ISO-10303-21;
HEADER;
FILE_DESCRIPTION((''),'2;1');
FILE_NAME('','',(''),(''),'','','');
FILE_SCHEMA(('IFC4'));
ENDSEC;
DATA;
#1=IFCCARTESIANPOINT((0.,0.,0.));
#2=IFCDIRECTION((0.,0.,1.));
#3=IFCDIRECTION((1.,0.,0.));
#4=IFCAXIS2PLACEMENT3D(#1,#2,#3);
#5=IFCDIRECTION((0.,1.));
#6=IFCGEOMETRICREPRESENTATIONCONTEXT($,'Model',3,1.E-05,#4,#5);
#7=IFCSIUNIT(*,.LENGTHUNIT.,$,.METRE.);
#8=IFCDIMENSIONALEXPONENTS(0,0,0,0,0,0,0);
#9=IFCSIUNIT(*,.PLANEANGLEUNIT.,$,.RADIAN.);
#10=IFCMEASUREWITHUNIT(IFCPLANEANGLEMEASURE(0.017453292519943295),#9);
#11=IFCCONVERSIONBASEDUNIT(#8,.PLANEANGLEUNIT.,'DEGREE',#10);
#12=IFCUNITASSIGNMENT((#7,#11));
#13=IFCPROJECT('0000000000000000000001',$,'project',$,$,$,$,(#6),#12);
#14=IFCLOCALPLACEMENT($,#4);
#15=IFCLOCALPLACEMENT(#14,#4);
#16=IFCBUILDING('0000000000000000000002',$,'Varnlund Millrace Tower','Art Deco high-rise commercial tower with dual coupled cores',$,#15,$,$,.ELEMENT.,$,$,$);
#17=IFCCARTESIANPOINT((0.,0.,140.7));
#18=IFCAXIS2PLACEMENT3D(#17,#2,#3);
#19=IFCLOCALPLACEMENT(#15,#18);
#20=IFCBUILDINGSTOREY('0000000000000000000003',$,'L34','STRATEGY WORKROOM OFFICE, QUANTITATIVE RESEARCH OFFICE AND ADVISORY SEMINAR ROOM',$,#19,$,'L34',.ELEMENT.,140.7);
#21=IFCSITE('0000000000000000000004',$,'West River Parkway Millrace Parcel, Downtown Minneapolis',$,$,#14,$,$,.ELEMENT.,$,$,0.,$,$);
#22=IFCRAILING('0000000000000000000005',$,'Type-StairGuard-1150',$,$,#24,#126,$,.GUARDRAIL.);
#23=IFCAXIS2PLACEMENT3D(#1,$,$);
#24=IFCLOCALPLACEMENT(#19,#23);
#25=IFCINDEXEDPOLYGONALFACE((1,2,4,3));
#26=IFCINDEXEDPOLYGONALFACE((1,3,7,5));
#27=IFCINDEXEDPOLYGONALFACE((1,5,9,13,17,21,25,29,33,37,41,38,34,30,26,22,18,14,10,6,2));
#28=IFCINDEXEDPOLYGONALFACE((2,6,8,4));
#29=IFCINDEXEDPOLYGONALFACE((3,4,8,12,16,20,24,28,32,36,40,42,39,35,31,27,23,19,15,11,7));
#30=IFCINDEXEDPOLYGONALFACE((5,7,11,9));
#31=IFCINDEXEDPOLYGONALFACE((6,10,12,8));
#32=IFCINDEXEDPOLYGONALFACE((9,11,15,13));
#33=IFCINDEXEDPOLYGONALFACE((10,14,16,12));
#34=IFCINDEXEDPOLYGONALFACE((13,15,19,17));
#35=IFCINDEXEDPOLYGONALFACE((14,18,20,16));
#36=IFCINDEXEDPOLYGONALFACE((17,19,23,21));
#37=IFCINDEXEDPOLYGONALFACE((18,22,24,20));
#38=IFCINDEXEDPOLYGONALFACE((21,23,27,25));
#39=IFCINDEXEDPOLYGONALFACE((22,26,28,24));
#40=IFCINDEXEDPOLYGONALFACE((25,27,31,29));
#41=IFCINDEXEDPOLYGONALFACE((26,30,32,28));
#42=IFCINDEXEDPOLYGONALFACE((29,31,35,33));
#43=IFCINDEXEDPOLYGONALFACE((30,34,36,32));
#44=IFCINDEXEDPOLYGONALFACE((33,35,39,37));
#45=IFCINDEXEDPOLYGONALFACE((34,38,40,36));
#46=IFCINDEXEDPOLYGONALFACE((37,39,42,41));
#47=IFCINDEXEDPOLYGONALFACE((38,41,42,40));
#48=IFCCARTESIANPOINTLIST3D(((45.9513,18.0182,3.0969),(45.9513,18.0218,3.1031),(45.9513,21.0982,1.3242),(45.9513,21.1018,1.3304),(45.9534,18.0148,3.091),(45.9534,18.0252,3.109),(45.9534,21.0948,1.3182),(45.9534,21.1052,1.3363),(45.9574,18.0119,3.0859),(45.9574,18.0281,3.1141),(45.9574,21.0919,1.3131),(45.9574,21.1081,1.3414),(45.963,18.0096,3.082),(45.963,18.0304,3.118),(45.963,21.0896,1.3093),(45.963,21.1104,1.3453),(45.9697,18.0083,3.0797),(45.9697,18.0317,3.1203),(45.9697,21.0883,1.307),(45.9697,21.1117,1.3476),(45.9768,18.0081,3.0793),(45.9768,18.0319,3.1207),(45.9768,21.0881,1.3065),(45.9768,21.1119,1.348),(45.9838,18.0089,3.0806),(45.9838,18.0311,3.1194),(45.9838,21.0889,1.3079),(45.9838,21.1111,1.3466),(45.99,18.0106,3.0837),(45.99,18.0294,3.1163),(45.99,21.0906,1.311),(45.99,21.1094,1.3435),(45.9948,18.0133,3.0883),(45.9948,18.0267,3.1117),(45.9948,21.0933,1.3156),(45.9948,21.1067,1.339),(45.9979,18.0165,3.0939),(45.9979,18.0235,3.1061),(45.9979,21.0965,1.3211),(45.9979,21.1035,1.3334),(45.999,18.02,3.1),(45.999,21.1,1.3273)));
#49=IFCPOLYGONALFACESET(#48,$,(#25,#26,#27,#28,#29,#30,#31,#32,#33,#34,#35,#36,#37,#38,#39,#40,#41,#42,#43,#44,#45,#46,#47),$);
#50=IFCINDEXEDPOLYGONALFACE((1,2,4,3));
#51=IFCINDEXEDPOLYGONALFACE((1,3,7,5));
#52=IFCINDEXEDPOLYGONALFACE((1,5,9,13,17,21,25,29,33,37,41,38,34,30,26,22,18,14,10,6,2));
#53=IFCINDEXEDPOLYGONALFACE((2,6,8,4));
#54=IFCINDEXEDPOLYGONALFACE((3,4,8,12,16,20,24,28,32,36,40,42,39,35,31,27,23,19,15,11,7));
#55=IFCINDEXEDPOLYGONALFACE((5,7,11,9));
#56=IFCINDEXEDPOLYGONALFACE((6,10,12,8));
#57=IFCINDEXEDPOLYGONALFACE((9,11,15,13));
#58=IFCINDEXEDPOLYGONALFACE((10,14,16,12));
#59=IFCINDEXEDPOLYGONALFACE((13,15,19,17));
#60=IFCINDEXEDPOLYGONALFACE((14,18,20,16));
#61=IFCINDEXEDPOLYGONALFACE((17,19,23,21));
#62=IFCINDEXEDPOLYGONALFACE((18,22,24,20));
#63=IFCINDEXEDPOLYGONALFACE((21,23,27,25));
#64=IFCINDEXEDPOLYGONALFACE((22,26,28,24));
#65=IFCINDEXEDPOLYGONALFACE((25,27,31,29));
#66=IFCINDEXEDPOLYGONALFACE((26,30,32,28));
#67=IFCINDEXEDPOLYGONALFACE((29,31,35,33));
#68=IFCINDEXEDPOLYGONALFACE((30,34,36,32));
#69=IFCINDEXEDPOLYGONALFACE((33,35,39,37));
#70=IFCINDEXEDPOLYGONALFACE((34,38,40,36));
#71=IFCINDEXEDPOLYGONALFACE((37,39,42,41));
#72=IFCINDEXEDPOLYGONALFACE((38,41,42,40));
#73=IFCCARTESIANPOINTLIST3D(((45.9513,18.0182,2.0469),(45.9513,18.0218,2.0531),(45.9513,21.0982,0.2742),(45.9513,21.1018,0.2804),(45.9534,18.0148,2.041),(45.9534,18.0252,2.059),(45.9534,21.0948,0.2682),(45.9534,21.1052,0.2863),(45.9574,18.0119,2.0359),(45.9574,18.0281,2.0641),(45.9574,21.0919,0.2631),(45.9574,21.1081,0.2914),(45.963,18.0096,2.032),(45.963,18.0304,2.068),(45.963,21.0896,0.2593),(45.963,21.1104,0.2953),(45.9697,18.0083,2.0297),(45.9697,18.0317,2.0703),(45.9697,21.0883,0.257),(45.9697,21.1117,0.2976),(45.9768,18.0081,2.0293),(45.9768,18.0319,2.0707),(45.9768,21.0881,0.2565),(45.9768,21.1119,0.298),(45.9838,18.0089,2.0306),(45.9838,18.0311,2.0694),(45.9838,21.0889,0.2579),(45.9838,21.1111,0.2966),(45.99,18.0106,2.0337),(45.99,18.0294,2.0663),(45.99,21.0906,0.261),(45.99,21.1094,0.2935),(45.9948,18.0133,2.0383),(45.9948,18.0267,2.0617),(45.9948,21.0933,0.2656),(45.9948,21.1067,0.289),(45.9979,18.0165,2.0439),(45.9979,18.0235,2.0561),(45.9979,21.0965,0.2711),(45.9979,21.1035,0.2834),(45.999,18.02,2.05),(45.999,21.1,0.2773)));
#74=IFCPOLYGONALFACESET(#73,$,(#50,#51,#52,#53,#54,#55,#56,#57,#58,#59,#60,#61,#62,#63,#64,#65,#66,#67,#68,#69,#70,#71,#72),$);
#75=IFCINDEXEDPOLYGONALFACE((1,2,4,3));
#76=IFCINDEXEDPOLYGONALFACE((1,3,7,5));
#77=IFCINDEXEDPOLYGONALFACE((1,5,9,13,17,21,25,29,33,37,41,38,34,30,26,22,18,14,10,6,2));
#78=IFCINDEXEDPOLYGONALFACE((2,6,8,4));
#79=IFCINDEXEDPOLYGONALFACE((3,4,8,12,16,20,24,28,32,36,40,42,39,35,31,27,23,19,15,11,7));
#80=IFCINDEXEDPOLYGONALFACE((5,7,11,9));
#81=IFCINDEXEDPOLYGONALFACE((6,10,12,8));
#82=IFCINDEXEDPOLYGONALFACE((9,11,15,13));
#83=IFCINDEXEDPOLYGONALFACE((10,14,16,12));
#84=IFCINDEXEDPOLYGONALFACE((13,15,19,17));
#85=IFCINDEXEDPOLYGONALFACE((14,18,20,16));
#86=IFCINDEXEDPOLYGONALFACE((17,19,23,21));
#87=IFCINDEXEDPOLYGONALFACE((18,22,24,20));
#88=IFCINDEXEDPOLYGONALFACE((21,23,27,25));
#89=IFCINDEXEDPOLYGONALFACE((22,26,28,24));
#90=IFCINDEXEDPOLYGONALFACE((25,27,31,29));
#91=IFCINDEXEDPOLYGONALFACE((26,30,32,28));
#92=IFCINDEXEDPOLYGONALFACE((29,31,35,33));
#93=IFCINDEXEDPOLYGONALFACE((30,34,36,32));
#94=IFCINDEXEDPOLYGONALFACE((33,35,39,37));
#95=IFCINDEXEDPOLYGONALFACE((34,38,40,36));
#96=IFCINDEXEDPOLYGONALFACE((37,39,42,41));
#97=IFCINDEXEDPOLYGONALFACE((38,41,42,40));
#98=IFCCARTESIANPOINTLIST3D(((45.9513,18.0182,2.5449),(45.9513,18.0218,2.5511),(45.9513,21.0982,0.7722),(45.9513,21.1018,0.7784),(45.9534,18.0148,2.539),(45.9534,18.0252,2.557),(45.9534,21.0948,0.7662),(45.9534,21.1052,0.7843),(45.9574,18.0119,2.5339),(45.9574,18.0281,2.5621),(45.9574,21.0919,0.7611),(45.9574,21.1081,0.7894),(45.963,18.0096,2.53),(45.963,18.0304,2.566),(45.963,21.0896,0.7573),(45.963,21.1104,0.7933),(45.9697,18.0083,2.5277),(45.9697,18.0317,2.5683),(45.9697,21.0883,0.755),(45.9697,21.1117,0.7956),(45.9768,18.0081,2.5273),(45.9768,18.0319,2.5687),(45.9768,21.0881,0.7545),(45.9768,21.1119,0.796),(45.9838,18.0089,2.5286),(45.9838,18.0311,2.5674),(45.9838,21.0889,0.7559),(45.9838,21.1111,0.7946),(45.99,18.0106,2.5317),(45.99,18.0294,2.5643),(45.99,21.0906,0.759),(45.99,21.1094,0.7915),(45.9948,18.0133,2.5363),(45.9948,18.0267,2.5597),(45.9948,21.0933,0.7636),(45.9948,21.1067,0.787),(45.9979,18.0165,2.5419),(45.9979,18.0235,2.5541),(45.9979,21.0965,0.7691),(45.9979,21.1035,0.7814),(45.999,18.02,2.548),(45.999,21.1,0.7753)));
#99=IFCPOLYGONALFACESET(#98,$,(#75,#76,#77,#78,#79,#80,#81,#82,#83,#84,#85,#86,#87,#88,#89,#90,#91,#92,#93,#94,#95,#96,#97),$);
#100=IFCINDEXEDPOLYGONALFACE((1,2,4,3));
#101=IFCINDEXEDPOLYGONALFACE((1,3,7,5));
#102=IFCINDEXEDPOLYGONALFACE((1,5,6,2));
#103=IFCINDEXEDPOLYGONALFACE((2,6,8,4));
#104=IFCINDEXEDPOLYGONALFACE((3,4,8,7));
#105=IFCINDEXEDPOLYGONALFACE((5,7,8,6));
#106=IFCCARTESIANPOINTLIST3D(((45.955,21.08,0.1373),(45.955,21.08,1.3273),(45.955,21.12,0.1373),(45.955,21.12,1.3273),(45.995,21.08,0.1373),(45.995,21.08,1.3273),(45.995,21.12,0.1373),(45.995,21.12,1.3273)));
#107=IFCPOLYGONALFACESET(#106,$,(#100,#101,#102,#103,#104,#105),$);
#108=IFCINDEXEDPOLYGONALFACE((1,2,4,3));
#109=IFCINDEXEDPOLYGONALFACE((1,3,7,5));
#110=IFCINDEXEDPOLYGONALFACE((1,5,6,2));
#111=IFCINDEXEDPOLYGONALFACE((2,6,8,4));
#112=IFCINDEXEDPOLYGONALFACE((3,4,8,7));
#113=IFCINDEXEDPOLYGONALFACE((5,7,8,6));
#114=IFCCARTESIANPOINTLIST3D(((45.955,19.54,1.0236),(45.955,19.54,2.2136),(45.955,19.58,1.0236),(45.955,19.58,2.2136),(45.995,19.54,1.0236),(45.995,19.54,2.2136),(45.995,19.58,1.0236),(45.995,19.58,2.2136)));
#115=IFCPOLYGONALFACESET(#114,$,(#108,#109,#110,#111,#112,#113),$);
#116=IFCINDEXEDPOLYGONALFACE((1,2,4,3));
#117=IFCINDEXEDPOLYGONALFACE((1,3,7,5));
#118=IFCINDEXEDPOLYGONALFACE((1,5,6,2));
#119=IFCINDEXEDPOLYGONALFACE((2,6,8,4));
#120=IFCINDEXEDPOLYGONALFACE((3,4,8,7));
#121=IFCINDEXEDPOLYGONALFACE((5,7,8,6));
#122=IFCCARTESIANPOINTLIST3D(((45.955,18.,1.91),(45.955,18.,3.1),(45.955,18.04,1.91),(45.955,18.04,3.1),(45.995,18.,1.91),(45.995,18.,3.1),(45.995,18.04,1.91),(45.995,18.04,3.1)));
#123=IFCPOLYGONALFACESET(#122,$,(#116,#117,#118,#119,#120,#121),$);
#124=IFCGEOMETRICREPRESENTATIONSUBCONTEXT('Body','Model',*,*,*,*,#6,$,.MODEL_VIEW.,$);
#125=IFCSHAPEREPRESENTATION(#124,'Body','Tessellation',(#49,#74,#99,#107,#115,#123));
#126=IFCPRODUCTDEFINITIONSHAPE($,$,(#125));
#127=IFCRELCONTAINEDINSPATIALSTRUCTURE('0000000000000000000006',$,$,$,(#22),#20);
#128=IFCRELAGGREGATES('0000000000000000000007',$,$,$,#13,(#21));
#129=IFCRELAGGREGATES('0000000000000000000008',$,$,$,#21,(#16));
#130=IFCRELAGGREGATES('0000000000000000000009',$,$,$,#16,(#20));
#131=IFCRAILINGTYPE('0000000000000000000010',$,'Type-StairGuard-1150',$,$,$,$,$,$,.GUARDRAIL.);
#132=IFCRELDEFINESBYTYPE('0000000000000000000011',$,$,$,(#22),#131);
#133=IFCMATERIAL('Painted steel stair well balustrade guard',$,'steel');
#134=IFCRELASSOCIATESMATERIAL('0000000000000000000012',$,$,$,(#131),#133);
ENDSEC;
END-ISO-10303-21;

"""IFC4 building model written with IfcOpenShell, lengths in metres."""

from ifc_helpers import new_model, entity, si_unit, converted_unit, direction, frame, origin_with_axes, origin_2d_with_axis, place, context, subcontext, project, spatial, rectangle, circle, extrude, material, type_object, element, save


model = new_model("IFC4")

# Units and contexts
model_context = context("Model", 3, precision=1e-05, world=origin_with_axes(), true_north=direction((0.0, 1.0)))
body_context = subcontext(model_context, "Body", "Model", "MODEL_VIEW")
ifc_project = project(units=[si_unit("LENGTHUNIT", "METRE"), converted_unit("PLANEANGLEUNIT", "DEGREE", entity("IfcPlaneAngleMeasure", 0.017453292519943295), si_unit("PLANEANGLEUNIT", "RADIAN"), dimensions=[0, 0, 0, 0, 0, 0, 0])], contexts=[model_context])

# Site, building, storey
site_placement = place(None, origin_with_axes())
site = spatial("IfcSite", under=ifc_project, at=site_placement, Name="West River Parkway Millrace Parcel, Downtown Minneapolis", CompositionType="ELEMENT", RefElevation=0.0)
building_placement = place(site_placement, origin_with_axes())
building = spatial("IfcBuilding", under=site, at=building_placement, Name="Varnlund Millrace Tower", Description="Art Deco high-rise commercial tower with dual coupled cores", CompositionType="ELEMENT")
storey_placement = place(building_placement, frame((0.0, 0.0, 140.7), z_axis=(0.0, 0.0, 1.0), x_axis=(1.0, 0.0, 0.0)))
storey = spatial("IfcBuildingStorey", under=building, at=storey_placement, Name="L34", Description="STRATEGY WORKROOM OFFICE, QUANTITATIVE RESEARCH OFFICE AND ADVISORY SEMINAR ROOM", LongName="L34", CompositionType="ELEMENT", Elevation=140.7)

# Railing
ifc_material_1 = material(Name="Painted steel stair well balustrade guard", Category="steel")
railing_type_1 = type_object("IfcRailingType", Name="Type-StairGuard-1150", PredefinedType="GUARDRAIL", material=ifc_material_1)
railing_1_placement = place(storey_placement, frame((0.0, 0.0, -140.7), z_axis=(0.0, 0.0, 1.0), x_axis=(1.0, 0.0, 0.0)))
element("IfcRailing", 1, at=railing_1_placement, inside=storey, type_object=railing_type_1, Name="Type-StairGuard-1150", PredefinedType="GUARDRAIL", context=body_context, shape_type="SweptSolid", body=[
    extrude(circle(Radius=0.024, at=origin_2d_with_axis()), frame((45.975, 21.1, 142.0273), z_axis=(0.0, -0.866696, 0.498836), x_axis=(1.0, 0.0, 0.0)), (0.0, 0.0, 1.0), 3.5537),
    extrude(circle(Radius=0.024, at=origin_2d_with_axis()), frame((45.975, 21.1, 140.9773), z_axis=(0.0, -0.866696, 0.498836), x_axis=(1.0, 0.0, 0.0)), (0.0, 0.0, 1.0), 3.5537),
    extrude(circle(Radius=0.024, at=origin_2d_with_axis()), frame((45.975, 21.1, 141.4753), z_axis=(0.0, -0.866696, 0.498836), x_axis=(1.0, 0.0, 0.0)), (0.0, 0.0, 1.0), 3.5537),
    extrude(rectangle(XDim=0.04, YDim=0.04, at=origin_2d_with_axis()), frame((45.975, 21.1, 140.8373), z_axis=(0.0, 0.0, 1.0), x_axis=(1.0, 0.0, 0.0)), (0.0, 0.0, 1.0), 1.19),
    extrude(rectangle(XDim=0.04, YDim=0.04, at=origin_2d_with_axis()), frame((45.975, 19.56, 141.7236), z_axis=(0.0, 0.0, 1.0), x_axis=(1.0, 0.0, 0.0)), (0.0, 0.0, 1.0), 1.19),
    extrude(rectangle(XDim=0.04, YDim=0.04, at=origin_2d_with_axis()), frame((45.975, 18.02, 142.61), z_axis=(0.0, 0.0, 1.0), x_axis=(1.0, 0.0, 0.0)), (0.0, 0.0, 1.0), 1.19),
])

save(model, "model.ifc")
